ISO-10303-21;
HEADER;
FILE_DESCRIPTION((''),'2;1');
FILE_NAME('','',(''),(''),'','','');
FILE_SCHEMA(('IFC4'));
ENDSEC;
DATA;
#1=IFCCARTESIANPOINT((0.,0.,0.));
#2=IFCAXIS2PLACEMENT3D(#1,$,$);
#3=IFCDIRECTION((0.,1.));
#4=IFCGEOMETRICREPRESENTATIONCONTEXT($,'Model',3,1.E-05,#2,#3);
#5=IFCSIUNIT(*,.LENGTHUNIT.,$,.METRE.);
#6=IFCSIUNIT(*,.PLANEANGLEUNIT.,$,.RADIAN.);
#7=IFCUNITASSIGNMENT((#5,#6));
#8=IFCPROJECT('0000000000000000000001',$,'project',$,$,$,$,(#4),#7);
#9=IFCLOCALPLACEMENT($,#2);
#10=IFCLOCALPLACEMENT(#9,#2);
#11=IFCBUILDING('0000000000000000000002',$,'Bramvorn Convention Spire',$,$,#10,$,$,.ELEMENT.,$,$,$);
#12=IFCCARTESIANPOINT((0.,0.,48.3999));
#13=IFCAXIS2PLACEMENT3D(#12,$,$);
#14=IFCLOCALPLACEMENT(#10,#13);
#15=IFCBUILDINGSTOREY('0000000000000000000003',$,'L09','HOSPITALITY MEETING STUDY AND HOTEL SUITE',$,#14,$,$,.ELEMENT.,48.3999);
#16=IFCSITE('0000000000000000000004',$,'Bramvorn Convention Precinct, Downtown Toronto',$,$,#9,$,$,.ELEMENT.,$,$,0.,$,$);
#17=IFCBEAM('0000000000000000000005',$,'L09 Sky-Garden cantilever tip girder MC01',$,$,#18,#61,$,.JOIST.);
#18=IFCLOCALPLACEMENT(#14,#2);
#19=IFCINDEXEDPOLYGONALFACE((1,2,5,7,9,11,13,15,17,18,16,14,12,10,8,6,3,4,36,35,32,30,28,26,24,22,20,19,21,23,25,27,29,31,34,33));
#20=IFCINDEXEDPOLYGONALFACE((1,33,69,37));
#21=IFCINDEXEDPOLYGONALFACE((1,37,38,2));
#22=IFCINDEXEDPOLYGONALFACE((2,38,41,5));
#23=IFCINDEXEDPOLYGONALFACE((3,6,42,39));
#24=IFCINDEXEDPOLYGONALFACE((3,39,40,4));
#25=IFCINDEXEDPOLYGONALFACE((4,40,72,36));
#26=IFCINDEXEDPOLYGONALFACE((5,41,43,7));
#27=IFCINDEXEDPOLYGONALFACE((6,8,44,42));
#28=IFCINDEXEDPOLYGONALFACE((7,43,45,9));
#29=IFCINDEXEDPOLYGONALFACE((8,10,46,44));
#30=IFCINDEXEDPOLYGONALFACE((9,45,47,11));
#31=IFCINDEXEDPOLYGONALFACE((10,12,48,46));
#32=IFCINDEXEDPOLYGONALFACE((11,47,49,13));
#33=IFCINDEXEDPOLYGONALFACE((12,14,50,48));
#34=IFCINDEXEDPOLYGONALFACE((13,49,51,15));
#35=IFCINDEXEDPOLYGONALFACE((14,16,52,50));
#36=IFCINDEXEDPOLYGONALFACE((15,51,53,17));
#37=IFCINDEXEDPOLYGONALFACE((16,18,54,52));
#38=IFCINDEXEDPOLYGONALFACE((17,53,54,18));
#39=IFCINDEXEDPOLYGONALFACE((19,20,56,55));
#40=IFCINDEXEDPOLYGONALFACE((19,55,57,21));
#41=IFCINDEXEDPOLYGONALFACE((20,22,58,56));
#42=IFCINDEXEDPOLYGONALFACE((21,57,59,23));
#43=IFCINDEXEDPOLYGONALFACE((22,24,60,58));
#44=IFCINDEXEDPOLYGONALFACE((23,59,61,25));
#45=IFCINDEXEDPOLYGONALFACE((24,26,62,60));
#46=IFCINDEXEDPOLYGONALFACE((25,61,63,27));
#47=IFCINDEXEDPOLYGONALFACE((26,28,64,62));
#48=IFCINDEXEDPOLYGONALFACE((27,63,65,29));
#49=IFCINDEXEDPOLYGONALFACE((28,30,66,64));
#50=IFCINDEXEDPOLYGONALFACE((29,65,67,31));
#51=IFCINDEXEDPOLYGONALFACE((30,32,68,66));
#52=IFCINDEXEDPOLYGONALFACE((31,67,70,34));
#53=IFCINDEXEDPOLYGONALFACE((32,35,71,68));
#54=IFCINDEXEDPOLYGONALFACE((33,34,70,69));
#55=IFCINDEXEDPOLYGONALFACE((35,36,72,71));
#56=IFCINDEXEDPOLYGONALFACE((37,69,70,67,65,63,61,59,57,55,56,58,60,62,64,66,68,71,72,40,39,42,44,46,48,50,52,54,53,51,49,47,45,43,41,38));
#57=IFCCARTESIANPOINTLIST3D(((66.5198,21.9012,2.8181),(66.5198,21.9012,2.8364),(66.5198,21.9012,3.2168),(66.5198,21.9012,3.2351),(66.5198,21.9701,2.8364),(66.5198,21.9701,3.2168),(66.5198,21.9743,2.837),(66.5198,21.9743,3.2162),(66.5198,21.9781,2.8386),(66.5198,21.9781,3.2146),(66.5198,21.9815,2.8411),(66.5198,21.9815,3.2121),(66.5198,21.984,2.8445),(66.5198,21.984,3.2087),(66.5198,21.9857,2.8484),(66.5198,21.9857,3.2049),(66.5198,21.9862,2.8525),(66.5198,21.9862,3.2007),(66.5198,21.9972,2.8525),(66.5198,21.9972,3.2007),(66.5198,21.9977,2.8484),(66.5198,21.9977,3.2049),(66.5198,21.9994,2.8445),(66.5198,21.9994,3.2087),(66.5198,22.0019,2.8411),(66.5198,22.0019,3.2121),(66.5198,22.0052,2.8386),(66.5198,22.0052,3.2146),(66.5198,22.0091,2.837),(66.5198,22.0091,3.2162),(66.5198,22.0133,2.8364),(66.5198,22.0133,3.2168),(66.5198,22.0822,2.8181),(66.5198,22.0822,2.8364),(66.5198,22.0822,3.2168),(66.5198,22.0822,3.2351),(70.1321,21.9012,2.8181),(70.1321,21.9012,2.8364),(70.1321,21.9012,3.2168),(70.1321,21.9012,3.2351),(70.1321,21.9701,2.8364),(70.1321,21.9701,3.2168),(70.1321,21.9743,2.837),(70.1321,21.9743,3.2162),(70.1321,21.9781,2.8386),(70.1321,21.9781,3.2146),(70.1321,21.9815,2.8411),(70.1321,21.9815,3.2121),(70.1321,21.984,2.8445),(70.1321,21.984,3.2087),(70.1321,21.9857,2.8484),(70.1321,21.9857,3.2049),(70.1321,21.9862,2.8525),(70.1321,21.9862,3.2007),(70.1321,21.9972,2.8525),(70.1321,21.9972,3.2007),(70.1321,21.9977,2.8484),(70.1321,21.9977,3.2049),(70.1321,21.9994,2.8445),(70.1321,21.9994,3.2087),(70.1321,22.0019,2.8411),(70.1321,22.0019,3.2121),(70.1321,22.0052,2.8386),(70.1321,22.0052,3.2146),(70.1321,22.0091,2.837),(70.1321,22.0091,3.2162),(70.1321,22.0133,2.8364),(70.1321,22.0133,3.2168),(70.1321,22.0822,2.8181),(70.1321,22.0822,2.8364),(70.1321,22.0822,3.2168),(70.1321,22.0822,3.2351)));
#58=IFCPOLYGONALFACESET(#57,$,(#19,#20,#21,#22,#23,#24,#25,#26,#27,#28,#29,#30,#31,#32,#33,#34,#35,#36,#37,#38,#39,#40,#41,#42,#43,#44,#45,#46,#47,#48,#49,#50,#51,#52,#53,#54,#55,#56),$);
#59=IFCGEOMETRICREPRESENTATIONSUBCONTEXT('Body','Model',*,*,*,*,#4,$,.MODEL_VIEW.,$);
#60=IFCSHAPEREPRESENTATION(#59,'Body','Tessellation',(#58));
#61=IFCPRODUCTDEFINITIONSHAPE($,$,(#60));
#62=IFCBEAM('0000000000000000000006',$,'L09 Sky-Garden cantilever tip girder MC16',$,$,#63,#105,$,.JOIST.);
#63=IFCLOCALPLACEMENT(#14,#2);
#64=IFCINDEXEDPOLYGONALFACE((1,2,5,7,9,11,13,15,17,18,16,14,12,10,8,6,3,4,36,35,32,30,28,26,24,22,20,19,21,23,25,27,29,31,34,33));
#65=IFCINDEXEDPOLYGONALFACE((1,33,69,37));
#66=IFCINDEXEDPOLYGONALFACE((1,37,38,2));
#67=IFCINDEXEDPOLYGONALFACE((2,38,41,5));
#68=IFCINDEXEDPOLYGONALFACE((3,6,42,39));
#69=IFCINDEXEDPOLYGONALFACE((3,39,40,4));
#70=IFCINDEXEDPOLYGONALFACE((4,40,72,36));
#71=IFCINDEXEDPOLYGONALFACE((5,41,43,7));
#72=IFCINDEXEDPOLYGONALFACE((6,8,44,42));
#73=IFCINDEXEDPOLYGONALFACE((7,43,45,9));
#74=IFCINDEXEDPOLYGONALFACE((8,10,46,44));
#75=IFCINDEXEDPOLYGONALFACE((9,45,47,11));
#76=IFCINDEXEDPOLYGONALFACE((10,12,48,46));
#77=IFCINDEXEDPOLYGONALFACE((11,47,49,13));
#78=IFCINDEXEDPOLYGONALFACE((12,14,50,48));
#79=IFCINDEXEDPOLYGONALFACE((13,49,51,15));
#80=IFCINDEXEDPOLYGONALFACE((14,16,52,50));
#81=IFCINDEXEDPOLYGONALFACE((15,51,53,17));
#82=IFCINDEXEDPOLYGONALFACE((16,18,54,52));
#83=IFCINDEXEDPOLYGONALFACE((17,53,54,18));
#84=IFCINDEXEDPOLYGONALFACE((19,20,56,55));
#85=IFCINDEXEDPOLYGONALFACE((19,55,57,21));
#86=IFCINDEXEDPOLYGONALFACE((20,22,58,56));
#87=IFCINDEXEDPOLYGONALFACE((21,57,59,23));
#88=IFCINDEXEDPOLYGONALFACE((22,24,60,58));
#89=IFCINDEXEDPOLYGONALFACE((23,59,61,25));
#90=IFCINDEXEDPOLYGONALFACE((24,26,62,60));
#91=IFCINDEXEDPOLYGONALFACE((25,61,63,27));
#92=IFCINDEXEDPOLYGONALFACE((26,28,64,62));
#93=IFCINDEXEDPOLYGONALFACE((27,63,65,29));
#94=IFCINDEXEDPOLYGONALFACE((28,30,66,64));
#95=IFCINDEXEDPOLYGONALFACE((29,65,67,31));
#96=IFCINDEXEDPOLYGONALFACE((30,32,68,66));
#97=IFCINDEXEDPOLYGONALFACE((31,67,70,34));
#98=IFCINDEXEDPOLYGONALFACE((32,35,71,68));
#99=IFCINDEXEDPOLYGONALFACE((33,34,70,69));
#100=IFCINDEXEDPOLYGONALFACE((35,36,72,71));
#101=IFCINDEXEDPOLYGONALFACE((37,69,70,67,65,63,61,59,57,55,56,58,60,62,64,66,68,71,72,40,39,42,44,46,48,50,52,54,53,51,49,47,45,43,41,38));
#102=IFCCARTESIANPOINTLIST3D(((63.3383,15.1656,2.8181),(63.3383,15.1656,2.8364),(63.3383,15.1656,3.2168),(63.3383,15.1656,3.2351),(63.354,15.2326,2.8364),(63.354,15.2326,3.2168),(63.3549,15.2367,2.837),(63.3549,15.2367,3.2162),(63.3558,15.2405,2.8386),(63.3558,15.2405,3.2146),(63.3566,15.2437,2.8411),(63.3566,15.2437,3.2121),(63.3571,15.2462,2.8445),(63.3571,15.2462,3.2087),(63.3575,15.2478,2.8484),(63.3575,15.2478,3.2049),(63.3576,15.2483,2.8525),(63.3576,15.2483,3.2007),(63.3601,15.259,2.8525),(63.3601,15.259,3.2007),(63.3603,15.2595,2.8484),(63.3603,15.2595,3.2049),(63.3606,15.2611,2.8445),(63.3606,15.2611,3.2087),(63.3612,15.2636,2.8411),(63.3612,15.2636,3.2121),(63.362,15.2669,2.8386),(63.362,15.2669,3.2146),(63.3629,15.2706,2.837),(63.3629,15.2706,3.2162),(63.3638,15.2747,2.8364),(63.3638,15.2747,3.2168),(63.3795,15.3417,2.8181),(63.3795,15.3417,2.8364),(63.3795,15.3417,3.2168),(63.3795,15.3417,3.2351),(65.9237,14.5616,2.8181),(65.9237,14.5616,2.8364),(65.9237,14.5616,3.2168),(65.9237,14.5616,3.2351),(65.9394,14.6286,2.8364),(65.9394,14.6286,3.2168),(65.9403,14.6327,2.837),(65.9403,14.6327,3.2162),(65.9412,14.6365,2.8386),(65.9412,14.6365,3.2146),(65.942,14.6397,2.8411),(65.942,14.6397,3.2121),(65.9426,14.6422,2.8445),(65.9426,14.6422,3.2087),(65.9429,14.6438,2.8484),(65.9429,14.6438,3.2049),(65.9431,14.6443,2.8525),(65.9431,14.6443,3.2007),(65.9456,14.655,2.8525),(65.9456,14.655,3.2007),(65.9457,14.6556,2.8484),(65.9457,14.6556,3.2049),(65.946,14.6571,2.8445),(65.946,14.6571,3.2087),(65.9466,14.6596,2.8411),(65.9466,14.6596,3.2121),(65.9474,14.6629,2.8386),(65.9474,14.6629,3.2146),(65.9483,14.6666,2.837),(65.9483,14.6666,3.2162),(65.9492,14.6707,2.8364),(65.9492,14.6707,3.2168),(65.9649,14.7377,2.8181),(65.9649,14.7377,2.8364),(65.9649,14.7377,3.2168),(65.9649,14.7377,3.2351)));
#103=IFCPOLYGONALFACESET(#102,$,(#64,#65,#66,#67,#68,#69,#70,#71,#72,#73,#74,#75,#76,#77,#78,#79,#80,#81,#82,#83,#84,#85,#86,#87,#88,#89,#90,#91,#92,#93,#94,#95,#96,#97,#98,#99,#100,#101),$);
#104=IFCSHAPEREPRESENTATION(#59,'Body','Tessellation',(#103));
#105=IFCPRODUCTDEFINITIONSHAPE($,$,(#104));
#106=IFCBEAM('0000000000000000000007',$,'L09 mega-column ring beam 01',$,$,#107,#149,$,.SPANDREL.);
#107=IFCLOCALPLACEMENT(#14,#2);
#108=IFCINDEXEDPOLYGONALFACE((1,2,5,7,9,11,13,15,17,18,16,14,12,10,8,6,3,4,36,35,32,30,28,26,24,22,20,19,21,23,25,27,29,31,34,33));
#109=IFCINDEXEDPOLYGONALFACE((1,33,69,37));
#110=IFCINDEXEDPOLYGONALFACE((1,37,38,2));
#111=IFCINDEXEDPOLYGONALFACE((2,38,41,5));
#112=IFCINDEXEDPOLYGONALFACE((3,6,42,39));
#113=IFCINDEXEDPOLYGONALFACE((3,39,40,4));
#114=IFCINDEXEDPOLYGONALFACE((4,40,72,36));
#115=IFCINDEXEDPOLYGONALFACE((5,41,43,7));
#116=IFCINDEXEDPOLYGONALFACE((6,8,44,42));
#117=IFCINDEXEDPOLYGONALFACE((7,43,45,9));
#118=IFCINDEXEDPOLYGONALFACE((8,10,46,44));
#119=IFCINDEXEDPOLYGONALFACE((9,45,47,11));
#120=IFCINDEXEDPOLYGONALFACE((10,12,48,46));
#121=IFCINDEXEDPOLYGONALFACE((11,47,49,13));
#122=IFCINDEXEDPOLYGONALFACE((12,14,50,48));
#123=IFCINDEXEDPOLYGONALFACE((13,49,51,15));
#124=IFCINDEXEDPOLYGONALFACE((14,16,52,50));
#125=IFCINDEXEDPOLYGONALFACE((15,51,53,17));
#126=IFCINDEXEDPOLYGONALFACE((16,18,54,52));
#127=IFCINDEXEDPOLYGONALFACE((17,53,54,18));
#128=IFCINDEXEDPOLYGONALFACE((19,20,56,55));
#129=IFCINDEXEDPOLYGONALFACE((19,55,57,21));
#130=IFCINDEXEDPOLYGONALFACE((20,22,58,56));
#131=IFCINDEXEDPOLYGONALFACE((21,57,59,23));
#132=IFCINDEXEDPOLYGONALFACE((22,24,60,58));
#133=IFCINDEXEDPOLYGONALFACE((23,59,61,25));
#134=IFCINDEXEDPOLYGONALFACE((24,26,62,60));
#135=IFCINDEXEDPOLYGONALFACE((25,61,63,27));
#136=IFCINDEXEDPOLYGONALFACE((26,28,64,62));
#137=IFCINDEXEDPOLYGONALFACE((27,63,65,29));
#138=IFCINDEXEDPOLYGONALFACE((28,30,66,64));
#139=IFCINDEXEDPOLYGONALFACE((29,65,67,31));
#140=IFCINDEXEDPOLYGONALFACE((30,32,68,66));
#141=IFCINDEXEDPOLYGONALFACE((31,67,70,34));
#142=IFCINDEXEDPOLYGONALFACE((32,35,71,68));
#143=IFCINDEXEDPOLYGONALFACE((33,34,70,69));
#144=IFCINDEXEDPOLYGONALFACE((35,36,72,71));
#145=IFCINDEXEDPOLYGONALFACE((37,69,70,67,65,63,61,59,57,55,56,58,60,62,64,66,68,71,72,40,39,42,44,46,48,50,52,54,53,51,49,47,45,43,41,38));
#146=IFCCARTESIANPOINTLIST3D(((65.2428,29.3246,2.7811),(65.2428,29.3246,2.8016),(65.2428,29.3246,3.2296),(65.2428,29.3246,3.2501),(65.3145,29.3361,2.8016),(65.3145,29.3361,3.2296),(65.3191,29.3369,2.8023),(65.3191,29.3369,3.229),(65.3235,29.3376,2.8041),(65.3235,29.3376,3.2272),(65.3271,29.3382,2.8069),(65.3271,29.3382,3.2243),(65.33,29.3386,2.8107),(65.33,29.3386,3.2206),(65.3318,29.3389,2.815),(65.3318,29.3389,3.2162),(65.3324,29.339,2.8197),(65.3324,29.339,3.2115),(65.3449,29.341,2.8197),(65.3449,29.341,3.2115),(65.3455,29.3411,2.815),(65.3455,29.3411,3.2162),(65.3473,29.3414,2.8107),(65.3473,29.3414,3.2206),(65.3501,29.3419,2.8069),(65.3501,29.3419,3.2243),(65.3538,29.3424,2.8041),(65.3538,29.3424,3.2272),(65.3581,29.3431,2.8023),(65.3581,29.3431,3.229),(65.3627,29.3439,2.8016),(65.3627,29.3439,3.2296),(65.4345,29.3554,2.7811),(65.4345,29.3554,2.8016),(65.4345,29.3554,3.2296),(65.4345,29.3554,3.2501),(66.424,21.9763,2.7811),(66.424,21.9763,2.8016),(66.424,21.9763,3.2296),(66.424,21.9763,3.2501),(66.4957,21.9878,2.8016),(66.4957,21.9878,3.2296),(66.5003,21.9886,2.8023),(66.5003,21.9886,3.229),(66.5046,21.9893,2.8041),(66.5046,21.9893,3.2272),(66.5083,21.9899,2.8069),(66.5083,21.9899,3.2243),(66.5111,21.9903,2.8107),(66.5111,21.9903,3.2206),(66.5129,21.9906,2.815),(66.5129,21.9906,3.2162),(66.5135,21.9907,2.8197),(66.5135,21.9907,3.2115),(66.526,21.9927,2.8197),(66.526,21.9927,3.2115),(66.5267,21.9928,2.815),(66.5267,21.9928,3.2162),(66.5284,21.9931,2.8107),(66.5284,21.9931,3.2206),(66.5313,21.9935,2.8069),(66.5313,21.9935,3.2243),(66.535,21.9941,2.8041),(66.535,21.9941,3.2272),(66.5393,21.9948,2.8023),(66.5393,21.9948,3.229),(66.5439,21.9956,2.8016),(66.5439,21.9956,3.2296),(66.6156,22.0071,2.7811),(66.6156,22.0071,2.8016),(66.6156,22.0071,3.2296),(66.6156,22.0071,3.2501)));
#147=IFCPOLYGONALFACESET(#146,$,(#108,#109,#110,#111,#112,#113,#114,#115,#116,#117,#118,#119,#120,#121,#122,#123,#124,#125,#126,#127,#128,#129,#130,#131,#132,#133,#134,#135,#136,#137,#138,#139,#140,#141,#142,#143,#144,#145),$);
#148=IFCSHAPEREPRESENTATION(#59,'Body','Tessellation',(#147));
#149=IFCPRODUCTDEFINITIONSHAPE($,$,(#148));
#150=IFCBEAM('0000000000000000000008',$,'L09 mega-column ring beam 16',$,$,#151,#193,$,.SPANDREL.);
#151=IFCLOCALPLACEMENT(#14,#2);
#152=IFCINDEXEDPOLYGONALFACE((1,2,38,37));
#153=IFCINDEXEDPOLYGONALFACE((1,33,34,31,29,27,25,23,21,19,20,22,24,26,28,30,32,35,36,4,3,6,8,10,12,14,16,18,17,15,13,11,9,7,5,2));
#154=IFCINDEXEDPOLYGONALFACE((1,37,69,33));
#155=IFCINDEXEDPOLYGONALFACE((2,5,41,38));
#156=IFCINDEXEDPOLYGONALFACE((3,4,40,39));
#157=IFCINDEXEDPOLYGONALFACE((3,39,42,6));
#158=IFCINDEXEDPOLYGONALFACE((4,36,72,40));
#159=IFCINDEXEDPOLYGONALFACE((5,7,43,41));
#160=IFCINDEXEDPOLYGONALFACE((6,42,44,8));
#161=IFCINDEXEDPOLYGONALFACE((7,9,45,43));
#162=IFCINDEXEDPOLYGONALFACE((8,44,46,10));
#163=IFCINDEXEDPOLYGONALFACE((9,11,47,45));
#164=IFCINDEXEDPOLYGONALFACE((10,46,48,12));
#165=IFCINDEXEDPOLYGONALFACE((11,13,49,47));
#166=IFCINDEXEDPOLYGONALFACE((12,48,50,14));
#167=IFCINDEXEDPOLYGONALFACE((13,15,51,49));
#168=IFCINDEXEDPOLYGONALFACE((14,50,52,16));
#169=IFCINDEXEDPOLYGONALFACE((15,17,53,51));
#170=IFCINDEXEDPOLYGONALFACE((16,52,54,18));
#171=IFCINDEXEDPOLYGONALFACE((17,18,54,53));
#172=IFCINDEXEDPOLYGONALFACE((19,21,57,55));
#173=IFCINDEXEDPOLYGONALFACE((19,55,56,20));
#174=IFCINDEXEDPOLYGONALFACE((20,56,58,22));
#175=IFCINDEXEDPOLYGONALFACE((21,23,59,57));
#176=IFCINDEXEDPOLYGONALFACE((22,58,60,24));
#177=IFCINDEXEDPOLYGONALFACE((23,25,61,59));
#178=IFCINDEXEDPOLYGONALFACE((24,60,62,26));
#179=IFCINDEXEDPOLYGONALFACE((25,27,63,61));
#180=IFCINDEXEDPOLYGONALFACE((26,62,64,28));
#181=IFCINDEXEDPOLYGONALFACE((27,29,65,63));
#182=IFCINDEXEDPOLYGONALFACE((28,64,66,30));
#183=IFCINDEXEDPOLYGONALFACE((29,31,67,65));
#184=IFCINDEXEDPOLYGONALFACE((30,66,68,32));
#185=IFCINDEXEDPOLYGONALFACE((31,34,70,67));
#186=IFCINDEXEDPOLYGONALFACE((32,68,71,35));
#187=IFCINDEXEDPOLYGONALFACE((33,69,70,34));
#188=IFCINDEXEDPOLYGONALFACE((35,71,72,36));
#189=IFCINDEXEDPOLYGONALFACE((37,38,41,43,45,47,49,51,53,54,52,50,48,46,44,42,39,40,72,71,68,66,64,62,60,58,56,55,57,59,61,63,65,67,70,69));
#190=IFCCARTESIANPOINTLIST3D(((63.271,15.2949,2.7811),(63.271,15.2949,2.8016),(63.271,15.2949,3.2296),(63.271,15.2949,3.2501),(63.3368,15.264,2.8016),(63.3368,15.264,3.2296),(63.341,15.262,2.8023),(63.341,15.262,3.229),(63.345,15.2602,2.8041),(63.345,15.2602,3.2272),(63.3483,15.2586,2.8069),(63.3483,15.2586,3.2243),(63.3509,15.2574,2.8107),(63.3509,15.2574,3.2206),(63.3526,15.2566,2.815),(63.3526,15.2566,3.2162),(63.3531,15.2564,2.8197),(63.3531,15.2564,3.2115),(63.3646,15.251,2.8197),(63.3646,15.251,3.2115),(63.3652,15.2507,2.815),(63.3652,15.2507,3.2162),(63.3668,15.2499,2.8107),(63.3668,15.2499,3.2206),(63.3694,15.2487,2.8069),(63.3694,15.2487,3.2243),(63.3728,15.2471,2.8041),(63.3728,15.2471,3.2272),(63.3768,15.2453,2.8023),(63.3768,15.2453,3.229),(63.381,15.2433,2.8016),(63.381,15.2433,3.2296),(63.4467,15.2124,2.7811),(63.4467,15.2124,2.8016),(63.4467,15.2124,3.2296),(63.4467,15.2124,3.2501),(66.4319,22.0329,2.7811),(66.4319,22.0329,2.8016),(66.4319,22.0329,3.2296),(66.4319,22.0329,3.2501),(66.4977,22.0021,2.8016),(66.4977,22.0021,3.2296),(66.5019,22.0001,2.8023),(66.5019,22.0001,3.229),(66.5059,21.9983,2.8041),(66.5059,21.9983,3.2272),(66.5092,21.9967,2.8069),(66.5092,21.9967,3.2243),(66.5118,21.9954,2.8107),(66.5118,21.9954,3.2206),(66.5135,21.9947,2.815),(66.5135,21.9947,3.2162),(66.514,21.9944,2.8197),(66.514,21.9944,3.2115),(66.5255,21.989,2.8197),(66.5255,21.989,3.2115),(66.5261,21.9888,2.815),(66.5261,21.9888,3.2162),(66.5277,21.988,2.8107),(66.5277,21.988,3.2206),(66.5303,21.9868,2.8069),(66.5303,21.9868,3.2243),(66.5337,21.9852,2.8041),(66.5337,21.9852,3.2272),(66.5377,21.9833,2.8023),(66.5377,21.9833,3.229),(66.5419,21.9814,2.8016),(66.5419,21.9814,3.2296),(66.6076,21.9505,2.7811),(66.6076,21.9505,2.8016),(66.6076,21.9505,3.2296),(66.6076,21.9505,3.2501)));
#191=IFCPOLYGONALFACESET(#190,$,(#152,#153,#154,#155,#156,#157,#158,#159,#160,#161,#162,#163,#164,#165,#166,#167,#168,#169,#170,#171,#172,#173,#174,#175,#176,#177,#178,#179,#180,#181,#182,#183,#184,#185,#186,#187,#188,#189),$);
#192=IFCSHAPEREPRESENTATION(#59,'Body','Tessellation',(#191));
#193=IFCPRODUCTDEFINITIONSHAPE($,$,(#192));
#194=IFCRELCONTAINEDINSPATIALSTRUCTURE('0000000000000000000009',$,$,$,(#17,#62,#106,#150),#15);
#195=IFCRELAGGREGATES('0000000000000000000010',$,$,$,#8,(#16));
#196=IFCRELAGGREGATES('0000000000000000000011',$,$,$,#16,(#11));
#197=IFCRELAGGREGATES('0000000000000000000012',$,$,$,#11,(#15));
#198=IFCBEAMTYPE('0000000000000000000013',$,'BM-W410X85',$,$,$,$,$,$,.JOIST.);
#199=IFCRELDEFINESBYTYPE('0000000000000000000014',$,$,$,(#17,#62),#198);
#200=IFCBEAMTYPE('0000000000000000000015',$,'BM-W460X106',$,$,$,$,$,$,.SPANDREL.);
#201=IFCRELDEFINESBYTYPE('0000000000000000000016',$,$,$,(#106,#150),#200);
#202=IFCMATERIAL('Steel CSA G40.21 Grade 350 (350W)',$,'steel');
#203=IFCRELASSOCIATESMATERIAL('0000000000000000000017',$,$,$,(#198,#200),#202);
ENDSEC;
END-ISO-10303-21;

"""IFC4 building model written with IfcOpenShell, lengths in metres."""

from ifc_helpers import new_model, si_unit, direction, frame, origin, origin_2d, place, context, subcontext, project, spatial, i_section, extrude, material, material_profile, profile_set, type_object, element, save


model = new_model("IFC4")

# Units and contexts
model_context = context("Model", 3, precision=1e-05, world=origin(), true_north=direction((0.0, 1.0)))
body_context = subcontext(model_context, "Body", "Model", "MODEL_VIEW")
ifc_project = project(units=[si_unit("LENGTHUNIT", "METRE"), si_unit("PLANEANGLEUNIT", "RADIAN")], contexts=[model_context])

# Site, building, storey
site_placement = place(None, origin())
site = spatial("IfcSite", under=ifc_project, at=site_placement, Name="Bramvorn Convention Precinct, Downtown Toronto", CompositionType="ELEMENT", RefElevation=0.0)
building_placement = place(site_placement, origin())
building = spatial("IfcBuilding", under=site, at=building_placement, Name="Bramvorn Convention Spire", CompositionType="ELEMENT")
storey_placement = place(building_placement, frame((0.0, 0.0, 48.3999)))
storey = spatial("IfcBuildingStorey", under=building, at=storey_placement, Name="L09", Description="HOSPITALITY MEETING STUDY AND HOTEL SUITE", CompositionType="ELEMENT", Elevation=48.3999)

# Shared definitions
ifc_material_1 = material(Name="Steel CSA G40.21 Grade 350 (350W)", Category="steel")

# Beams
ifc_material_profile_1 = material_profile(ifc_material_1, i_section(OverallWidth=0.1809, OverallDepth=0.417, WebThickness=0.011, FlangeThickness=0.0183, FilletRadius=0.0161, at=origin_2d()))
ifc_profile_set_1 = profile_set([ifc_material_profile_1], Name="Steel CSA G40.21 Grade 350 (350W) - W410X85")
beam_type_1 = type_object("IfcBeamType", Name="BM-W410X85", PredefinedType="JOIST", material=ifc_profile_set_1)
beam_1_placement = place(storey_placement, frame((66.5198, 21.9917, 3.0266), z_axis=(1.0, 0.0, 0.0), x_axis=(0.0, 1.0, 0.0)))
element("IfcBeam", 1, at=beam_1_placement, inside=storey, type_object=beam_type_1, Name="L09 Sky-Garden cantilever tip girder MC01", PredefinedType="JOIST", context=body_context, shape_type="SweptSolid", body=[
    extrude(i_section(OverallWidth=0.1809, OverallDepth=0.417, WebThickness=0.011, FlangeThickness=0.0183, FilletRadius=0.0161, at=origin_2d()), origin(), (0.0, 0.0, 1.0), 3.6123),
])
beam_2_placement = place(storey_placement, frame((63.3589, 15.2537, 3.0266), z_axis=(0.97378, -0.227491, 0.0), x_axis=(0.227491, 0.97378, 0.0)))
element("IfcBeam", 2, at=beam_2_placement, inside=storey, type_object=beam_type_1, Name="L09 Sky-Garden cantilever tip girder MC16", PredefinedType="JOIST", context=body_context, shape_type="SweptSolid", body=[
    extrude(i_section(OverallWidth=0.1809, OverallDepth=0.417, WebThickness=0.011, FlangeThickness=0.0183, FilletRadius=0.0161, at=origin_2d()), origin(), (0.0, 0.0, 1.0), 2.655),
])
ifc_material_profile_2 = material_profile(ifc_material_1, i_section(OverallWidth=0.1941, OverallDepth=0.469, WebThickness=0.0127, FlangeThickness=0.0205, FilletRadius=0.0181, at=origin_2d()))
ifc_profile_set_2 = profile_set([ifc_material_profile_2], Name="Steel CSA G40.21 Grade 350 (350W) - W460X106")
beam_type_2 = type_object("IfcBeamType", Name="BM-W460X106", PredefinedType="SPANDREL", material=ifc_profile_set_2)
for number, where, z_axis, x_axis, name in (
    (3, (66.5198, 21.9917, 3.0156), (-0.158699, 0.987327, 0.0), (-0.987327, -0.158699, 0.0), "L09 mega-column ring beam 01"),
    (4, (63.3589, 15.2537, 3.0156), (0.424702, 0.905333, 0.0), (-0.905333, 0.424702, 0.0), "L09 mega-column ring beam 16"),
):
    element("IfcBeam", number, at=place(storey_placement, frame(where, z_axis=z_axis, x_axis=x_axis)), inside=storey, type_object=beam_type_2, Name=name, PredefinedType="SPANDREL", context=body_context, shape_type="SweptSolid", body=[
        extrude(i_section(OverallWidth=0.1941, OverallDepth=0.469, WebThickness=0.0127, FlangeThickness=0.0205, FilletRadius=0.0181, at=origin_2d()), origin(), (0.0, 0.0, 1.0), 7.4426),
    ])

save(model, "model.ifc")
